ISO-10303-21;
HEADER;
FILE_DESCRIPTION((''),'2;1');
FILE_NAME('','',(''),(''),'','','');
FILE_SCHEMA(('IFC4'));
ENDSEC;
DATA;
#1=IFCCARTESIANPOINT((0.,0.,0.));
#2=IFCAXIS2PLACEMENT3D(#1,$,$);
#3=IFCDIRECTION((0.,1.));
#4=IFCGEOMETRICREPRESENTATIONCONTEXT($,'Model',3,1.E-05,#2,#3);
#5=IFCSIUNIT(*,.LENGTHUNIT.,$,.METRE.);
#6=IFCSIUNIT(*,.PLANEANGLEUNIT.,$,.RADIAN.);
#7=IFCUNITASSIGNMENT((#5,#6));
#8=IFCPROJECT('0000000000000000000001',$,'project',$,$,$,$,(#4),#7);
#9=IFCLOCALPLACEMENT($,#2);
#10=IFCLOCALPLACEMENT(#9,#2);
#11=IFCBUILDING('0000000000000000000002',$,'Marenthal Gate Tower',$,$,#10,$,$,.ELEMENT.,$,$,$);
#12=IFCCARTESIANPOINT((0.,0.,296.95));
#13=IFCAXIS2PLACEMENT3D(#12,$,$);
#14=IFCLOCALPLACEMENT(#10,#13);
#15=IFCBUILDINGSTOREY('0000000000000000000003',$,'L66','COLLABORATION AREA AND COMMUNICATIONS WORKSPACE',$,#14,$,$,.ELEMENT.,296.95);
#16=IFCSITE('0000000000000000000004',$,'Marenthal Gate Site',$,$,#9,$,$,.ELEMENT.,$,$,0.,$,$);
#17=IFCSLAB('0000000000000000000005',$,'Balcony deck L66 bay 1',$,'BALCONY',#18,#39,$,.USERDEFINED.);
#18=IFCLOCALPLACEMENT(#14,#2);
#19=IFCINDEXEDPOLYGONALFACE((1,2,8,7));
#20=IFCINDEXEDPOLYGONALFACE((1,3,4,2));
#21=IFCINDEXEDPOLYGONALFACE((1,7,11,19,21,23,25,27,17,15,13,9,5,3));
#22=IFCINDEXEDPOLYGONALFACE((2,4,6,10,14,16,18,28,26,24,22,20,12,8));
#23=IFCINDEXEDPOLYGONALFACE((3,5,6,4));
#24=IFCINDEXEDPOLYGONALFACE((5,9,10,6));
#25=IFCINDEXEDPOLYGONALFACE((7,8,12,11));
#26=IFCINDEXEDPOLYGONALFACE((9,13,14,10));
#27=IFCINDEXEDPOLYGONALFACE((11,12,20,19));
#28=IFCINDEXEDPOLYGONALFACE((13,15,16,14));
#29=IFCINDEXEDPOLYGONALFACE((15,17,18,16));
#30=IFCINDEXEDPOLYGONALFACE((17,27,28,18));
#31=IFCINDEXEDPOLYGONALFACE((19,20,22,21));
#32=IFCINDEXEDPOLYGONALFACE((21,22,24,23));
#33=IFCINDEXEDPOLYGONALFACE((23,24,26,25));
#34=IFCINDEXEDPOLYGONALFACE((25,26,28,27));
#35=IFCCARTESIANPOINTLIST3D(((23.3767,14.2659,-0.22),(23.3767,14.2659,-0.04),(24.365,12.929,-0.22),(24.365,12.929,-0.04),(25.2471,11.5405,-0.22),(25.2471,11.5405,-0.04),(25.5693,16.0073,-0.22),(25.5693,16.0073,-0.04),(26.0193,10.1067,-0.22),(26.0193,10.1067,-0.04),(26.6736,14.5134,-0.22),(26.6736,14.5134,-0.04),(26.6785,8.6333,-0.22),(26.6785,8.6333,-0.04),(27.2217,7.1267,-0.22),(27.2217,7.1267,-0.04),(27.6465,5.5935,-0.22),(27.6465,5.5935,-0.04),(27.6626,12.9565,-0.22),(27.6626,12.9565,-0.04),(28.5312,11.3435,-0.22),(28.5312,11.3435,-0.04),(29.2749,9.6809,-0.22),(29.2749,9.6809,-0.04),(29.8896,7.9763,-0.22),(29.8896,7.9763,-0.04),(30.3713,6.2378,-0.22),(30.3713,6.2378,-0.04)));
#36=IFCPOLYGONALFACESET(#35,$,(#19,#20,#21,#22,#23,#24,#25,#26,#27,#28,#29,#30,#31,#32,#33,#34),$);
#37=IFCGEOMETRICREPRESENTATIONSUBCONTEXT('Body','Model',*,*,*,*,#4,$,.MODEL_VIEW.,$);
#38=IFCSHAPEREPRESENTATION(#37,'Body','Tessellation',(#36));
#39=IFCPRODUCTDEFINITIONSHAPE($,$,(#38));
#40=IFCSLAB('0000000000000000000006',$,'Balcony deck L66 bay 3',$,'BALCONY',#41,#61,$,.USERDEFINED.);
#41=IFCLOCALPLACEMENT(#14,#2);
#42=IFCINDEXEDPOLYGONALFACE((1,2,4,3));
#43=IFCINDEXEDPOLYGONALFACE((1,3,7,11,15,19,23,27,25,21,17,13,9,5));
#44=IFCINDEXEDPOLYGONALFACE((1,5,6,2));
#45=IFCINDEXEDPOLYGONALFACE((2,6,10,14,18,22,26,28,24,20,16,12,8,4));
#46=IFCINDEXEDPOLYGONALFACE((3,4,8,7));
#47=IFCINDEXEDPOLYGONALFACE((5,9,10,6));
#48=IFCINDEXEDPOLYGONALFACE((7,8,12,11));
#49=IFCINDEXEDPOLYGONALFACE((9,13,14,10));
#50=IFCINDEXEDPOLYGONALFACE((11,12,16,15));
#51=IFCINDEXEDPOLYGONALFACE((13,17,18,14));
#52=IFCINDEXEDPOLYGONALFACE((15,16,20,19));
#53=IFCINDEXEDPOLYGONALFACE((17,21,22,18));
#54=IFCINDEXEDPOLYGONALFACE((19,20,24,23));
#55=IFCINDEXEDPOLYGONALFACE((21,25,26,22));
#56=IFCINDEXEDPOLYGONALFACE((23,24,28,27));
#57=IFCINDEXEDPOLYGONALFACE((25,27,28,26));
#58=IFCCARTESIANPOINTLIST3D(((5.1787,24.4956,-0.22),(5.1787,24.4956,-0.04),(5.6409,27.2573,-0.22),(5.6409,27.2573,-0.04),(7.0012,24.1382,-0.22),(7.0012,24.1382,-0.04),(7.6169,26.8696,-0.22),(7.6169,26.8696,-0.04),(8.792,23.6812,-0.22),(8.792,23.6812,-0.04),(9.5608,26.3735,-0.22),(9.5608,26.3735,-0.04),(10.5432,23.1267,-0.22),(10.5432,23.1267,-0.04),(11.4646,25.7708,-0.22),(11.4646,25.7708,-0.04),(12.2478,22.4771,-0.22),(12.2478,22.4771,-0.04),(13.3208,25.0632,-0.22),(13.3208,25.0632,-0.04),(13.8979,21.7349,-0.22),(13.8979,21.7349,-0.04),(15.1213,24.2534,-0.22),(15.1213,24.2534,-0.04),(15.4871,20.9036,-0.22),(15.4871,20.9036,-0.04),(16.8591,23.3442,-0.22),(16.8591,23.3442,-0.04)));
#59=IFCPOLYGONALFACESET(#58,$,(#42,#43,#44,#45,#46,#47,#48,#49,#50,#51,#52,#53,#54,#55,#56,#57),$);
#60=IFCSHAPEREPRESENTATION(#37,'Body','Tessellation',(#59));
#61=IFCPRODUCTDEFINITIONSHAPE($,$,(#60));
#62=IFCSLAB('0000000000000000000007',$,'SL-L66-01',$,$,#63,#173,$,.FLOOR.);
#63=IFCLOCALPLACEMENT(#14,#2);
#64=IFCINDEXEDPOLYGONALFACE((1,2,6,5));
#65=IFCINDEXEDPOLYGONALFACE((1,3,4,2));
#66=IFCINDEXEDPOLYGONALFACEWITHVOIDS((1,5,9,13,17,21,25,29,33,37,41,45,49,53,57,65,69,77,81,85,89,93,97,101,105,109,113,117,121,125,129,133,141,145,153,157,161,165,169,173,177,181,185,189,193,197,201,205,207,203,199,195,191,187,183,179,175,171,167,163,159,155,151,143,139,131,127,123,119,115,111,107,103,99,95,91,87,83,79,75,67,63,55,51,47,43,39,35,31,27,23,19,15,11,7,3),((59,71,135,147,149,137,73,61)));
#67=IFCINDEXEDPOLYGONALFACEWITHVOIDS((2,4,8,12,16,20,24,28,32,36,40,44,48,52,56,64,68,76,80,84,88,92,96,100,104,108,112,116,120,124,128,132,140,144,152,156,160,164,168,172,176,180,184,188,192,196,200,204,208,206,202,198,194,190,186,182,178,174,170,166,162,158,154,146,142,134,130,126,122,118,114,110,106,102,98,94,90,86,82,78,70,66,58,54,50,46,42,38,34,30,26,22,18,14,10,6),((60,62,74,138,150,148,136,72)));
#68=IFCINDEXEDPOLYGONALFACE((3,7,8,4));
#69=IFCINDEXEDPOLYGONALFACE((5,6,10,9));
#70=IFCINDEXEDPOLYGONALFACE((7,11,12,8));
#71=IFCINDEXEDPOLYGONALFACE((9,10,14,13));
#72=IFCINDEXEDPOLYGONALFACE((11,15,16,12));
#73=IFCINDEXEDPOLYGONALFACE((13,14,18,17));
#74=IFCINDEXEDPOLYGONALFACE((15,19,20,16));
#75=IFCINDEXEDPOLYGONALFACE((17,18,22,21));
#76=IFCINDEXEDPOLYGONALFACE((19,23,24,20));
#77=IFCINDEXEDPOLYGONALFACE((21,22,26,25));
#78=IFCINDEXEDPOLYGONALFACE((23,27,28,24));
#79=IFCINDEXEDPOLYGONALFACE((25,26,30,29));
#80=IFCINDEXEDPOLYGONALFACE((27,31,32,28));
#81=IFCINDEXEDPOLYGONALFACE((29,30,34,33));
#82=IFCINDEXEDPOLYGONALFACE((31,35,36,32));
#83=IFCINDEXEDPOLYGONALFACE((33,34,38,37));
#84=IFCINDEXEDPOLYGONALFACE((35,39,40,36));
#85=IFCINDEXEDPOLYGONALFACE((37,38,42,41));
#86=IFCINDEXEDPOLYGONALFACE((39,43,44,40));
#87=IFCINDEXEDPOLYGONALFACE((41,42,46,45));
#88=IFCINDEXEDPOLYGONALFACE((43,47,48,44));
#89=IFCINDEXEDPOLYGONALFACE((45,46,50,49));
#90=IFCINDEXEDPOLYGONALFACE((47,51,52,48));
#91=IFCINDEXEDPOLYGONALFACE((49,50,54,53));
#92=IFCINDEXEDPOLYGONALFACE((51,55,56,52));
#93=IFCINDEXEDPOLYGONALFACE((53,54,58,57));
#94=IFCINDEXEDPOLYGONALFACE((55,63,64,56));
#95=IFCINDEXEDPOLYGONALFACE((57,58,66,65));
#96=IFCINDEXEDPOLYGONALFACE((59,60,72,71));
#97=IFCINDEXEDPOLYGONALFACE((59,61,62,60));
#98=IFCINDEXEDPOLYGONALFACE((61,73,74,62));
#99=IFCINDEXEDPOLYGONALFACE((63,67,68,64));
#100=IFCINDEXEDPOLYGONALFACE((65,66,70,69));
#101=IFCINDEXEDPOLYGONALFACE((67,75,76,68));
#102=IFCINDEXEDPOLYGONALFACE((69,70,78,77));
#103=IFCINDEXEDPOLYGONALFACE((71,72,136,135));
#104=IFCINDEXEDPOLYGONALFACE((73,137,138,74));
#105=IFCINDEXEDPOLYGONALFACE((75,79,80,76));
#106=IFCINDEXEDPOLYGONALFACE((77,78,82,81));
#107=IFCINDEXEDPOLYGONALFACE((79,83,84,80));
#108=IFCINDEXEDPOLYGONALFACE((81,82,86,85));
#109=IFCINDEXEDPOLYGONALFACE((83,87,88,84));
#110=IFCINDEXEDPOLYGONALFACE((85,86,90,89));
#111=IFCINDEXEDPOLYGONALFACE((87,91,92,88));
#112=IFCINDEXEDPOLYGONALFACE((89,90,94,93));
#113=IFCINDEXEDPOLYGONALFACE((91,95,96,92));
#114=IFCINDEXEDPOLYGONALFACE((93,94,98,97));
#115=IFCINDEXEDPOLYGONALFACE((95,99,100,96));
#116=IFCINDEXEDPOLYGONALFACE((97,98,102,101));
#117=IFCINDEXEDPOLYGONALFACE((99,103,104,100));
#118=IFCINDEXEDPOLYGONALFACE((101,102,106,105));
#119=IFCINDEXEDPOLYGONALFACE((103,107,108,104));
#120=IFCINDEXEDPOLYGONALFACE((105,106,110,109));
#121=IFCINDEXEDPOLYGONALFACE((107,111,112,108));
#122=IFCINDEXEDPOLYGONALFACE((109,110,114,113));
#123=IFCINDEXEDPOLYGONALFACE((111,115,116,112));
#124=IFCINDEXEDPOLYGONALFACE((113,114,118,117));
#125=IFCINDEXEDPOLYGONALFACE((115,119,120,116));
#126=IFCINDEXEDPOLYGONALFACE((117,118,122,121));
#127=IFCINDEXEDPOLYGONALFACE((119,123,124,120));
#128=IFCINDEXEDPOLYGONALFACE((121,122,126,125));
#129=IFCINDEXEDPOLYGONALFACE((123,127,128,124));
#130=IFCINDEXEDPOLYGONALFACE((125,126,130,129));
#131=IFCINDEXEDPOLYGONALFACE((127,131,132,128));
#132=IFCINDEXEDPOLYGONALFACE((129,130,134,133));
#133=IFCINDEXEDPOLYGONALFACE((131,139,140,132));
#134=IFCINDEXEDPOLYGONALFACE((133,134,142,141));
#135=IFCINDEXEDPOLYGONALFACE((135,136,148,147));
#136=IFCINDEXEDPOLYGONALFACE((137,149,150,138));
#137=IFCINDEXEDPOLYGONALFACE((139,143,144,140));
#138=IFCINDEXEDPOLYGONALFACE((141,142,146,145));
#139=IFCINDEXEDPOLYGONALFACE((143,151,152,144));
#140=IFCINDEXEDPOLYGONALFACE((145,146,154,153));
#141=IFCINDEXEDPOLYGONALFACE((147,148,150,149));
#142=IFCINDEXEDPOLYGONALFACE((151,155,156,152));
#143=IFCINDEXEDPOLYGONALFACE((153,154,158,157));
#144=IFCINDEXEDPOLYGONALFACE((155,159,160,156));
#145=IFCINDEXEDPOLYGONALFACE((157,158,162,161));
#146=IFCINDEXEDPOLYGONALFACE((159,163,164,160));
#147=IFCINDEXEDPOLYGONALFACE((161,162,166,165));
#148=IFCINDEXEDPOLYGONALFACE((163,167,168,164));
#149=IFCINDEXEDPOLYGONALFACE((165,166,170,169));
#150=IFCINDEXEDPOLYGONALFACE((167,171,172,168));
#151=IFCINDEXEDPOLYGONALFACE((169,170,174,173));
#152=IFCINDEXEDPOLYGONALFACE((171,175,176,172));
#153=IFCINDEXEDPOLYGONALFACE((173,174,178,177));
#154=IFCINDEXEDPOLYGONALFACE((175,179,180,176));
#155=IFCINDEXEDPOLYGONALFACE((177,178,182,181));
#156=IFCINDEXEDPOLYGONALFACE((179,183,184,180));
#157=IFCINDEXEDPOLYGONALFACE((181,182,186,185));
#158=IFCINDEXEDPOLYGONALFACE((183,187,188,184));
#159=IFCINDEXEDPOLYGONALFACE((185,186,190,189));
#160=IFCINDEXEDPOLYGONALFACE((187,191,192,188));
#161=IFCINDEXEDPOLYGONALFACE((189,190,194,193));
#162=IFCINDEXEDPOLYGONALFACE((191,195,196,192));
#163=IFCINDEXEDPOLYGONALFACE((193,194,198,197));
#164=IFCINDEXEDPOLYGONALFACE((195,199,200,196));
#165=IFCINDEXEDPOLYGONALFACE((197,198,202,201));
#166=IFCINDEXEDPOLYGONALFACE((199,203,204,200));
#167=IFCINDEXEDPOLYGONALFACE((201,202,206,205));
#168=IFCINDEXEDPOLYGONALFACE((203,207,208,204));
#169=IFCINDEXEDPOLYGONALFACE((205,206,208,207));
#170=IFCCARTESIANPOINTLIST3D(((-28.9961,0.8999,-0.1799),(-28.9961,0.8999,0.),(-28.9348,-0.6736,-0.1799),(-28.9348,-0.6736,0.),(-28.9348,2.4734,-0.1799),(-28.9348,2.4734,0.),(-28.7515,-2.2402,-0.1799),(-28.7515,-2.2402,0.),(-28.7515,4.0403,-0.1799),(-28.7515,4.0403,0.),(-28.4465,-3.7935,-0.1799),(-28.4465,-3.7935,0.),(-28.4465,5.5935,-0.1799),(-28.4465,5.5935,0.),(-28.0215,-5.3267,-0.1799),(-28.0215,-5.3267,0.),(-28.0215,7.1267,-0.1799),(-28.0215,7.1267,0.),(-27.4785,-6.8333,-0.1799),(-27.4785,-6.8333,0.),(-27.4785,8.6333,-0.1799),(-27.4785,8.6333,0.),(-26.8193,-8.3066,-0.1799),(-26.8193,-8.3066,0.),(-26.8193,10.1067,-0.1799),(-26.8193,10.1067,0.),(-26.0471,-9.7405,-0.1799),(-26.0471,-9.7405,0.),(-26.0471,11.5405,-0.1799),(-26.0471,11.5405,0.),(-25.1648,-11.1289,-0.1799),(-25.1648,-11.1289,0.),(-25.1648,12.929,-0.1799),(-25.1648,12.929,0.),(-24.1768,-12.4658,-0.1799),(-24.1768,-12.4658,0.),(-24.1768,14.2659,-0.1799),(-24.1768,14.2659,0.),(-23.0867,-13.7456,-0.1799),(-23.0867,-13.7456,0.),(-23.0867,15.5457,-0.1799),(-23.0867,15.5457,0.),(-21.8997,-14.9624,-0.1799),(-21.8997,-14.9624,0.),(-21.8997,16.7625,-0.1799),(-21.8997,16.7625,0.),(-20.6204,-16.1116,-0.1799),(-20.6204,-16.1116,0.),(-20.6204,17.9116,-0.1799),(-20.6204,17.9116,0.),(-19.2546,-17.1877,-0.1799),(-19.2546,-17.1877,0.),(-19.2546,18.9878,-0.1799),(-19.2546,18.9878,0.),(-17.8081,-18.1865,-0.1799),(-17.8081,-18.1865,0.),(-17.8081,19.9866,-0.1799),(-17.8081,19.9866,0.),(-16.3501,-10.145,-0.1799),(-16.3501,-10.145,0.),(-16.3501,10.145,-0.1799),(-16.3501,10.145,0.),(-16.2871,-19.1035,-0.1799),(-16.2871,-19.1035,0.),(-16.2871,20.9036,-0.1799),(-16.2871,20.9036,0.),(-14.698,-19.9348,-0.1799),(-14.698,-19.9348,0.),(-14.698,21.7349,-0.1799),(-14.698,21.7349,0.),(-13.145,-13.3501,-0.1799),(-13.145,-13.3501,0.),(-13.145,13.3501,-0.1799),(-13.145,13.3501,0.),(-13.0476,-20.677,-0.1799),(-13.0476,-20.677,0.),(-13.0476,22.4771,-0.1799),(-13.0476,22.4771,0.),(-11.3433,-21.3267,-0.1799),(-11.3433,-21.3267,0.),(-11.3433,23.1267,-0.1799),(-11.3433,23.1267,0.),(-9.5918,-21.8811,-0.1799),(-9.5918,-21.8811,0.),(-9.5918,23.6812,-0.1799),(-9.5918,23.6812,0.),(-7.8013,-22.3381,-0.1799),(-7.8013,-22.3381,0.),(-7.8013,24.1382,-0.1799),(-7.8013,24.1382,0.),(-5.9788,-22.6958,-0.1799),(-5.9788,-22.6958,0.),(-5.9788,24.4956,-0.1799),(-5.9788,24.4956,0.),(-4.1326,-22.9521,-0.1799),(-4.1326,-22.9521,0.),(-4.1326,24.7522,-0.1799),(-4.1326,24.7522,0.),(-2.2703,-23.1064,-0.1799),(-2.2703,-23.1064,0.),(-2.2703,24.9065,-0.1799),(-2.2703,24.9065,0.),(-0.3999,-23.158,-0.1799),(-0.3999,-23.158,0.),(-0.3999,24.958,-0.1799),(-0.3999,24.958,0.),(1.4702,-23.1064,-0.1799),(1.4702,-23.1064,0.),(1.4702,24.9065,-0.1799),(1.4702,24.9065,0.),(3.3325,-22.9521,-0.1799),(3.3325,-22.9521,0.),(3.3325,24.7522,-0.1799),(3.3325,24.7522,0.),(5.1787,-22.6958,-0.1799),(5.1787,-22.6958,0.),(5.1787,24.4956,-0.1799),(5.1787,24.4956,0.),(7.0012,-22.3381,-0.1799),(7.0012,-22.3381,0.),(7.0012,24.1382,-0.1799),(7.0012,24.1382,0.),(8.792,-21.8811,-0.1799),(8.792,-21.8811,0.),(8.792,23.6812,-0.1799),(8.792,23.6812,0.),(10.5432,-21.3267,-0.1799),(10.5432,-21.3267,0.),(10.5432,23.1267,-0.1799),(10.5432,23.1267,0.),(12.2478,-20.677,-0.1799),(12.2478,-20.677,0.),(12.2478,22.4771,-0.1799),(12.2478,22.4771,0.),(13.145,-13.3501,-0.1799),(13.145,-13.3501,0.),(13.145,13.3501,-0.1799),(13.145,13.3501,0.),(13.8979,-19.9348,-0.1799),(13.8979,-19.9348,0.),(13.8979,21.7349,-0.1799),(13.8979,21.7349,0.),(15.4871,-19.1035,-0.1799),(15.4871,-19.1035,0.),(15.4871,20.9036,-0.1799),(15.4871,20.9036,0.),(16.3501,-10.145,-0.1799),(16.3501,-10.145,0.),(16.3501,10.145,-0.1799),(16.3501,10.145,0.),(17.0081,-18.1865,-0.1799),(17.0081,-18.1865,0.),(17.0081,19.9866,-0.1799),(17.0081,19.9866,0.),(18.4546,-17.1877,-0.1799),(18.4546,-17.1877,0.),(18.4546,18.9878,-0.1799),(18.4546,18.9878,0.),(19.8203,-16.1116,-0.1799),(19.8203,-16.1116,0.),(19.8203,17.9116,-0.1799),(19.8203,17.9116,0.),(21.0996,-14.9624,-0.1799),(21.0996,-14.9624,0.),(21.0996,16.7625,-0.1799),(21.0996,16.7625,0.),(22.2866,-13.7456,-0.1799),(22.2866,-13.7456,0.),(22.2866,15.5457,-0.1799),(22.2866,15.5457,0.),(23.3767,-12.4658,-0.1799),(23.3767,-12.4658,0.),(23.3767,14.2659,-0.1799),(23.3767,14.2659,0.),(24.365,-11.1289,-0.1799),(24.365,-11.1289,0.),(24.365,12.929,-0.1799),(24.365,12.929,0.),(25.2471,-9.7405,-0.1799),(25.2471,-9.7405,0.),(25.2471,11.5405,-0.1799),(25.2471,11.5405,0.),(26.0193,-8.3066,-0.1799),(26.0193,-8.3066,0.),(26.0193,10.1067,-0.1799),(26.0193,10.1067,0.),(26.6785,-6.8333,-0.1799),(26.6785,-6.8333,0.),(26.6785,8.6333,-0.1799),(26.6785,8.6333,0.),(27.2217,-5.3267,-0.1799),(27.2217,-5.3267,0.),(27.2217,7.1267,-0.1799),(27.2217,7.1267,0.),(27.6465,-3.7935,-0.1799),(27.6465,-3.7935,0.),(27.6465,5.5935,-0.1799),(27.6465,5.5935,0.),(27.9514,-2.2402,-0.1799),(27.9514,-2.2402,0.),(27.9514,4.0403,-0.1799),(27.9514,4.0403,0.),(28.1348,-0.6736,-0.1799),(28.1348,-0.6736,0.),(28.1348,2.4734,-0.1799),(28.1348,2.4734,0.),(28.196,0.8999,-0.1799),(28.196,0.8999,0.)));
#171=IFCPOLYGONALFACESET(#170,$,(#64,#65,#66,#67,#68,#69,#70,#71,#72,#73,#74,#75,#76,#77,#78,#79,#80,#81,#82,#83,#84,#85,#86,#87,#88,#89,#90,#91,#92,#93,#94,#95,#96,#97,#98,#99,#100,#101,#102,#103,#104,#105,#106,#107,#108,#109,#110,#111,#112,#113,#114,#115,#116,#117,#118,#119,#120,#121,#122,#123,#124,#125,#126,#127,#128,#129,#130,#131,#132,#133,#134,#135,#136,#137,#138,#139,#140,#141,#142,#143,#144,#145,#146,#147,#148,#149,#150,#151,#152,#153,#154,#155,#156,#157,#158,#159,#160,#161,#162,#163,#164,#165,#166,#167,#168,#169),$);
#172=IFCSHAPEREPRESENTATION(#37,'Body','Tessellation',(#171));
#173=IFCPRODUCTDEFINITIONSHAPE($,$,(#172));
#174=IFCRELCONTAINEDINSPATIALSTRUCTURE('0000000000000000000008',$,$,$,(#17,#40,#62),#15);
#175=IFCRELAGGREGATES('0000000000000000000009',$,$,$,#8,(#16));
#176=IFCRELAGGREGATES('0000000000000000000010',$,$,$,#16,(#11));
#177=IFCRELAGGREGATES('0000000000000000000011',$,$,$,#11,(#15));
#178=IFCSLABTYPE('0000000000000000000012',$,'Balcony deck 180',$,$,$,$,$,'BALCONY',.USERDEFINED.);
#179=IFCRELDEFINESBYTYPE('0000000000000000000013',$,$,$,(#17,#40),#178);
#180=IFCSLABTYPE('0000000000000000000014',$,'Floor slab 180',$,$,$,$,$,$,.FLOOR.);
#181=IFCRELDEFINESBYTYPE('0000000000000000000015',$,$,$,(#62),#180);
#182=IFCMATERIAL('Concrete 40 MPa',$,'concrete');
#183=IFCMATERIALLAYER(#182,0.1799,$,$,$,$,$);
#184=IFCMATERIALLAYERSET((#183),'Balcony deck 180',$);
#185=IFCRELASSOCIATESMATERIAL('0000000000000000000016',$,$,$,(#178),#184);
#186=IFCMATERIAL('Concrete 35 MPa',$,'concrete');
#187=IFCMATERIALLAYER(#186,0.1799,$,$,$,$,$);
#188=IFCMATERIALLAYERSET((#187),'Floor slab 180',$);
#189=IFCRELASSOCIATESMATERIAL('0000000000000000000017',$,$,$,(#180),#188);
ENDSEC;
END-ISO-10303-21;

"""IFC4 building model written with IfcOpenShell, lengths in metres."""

from ifc_helpers import new_model, si_unit, direction, frame, origin, place, context, subcontext, project, spatial, polyline, outline, extrude, material, layer, layer_set, type_object, element, save


model = new_model("IFC4")

# Units and contexts
model_context = context("Model", 3, precision=1e-05, world=origin(), true_north=direction((0.0, 1.0)))
body_context = subcontext(model_context, "Body", "Model", "MODEL_VIEW")
ifc_project = project(units=[si_unit("LENGTHUNIT", "METRE"), si_unit("PLANEANGLEUNIT", "RADIAN")], contexts=[model_context])

# Site, building, storey
site_placement = place(None, origin())
site = spatial("IfcSite", under=ifc_project, at=site_placement, Name="Marenthal Gate Site", CompositionType="ELEMENT", RefElevation=0.0)
building_placement = place(site_placement, origin())
building = spatial("IfcBuilding", under=site, at=building_placement, Name="Marenthal Gate Tower", CompositionType="ELEMENT")
storey_placement = place(building_placement, frame((0.0, 0.0, 296.95)))
storey = spatial("IfcBuildingStorey", under=building, at=storey_placement, Name="L66", Description="COLLABORATION AREA AND COMMUNICATIONS WORKSPACE", CompositionType="ELEMENT", Elevation=296.95)

# Slabs
ifc_material_1 = material(Name="Concrete 40 MPa", Category="concrete")
ifc_layer_1 = layer(ifc_material_1, 0.1799)
ifc_layer_set_1 = layer_set([ifc_layer_1], Name="Balcony deck 180")
slab_type_1 = type_object("IfcSlabType", Name="Balcony deck 180", ElementType="BALCONY", PredefinedType="USERDEFINED", material=ifc_layer_set_1)
slab_1_placement = place(storey_placement, frame((0.0, 0.0, -0.22)))
element("IfcSlab", 1, at=slab_1_placement, inside=storey, type_object=slab_type_1, Name="Balcony deck L66 bay 1", ObjectType="BALCONY", PredefinedType="USERDEFINED", context=body_context, shape_type="SweptSolid", body=[
    extrude(outline(polyline([(27.6465, 5.5935), (27.2217, 7.1267), (26.6785, 8.6333), (26.0193, 10.1067), (25.2471, 11.5405), (24.365, 12.929), (23.3767, 14.2659), (25.5693, 16.0073), (26.6736, 14.5134), (27.6626, 12.9565), (28.5312, 11.3435), (29.2749, 9.6809), (29.8896, 7.9763), (30.3713, 6.2378), (27.6465, 5.5935)])), origin(), (0.0, 0.0, 1.0), 0.1799),
])
slab_2_placement = place(storey_placement, frame((0.0, 0.0, -0.22)))
element("IfcSlab", 2, at=slab_2_placement, inside=storey, type_object=slab_type_1, Name="Balcony deck L66 bay 3", ObjectType="BALCONY", PredefinedType="USERDEFINED", context=body_context, shape_type="SweptSolid", body=[
    extrude(outline(polyline([(15.4871, 20.9036), (13.8979, 21.7349), (12.2478, 22.4771), (10.5432, 23.1267), (8.792, 23.6812), (7.0012, 24.1382), (5.1787, 24.4956), (5.6409, 27.2573), (7.6169, 26.8696), (9.5608, 26.3735), (11.4646, 25.7708), (13.3208, 25.0632), (15.1213, 24.2534), (16.8591, 23.3442), (15.4871, 20.9036)])), origin(), (0.0, 0.0, 1.0), 0.1799),
])
ifc_material_2 = material(Name="Concrete 35 MPa", Category="concrete")
ifc_layer_2 = layer(ifc_material_2, 0.1799)
ifc_layer_set_2 = layer_set([ifc_layer_2], Name="Floor slab 180")
slab_type_2 = type_object("IfcSlabType", Name="Floor slab 180", PredefinedType="FLOOR", material=ifc_layer_set_2)
slab_3_placement = place(storey_placement, frame((0.0, 0.0, -0.1799)))
element("IfcSlab", 3, at=slab_3_placement, inside=storey, type_object=slab_type_2, Name="SL-L66-01", PredefinedType="FLOOR", context=body_context, shape_type="SweptSolid", body=[
    extrude(outline(polyline([(28.196, 0.8999), (28.1348, 2.4734), (27.9514, 4.0403), (27.6465, 5.5935), (27.2217, 7.1267), (26.6785, 8.6333), (26.0193, 10.1067), (25.2471, 11.5405), (24.365, 12.929), (23.3767, 14.2659), (22.2866, 15.5457), (21.0996, 16.7625), (19.8203, 17.9116), (18.4546, 18.9878), (17.0081, 19.9866), (15.4871, 20.9036), (13.8979, 21.7349), (12.2478, 22.4771), (10.5432, 23.1267), (8.792, 23.6812), (7.0012, 24.1382), (5.1787, 24.4956), (3.3325, 24.7522), (1.4702, 24.9065), (-0.3999, 24.958), (-2.2703, 24.9065), (-4.1326, 24.7522), (-5.9788, 24.4956), (-7.8013, 24.1382), (-9.5918, 23.6812), (-11.3433, 23.1267), (-13.0476, 22.4771), (-14.698, 21.7349), (-16.2871, 20.9036), (-17.8081, 19.9866), (-19.2546, 18.9878), (-20.6204, 17.9116), (-21.8997, 16.7625), (-23.0867, 15.5457), (-24.1768, 14.2659), (-25.1648, 12.929), (-26.0471, 11.5405), (-26.8193, 10.1067), (-27.4785, 8.6333), (-28.0215, 7.1267), (-28.4465, 5.5935), (-28.7515, 4.0403), (-28.9348, 2.4734), (-28.9961, 0.8999), (-28.9348, -0.6736), (-28.7515, -2.2402), (-28.4465, -3.7935), (-28.0215, -5.3267), (-27.4785, -6.8333), (-26.8193, -8.3066), (-26.0471, -9.7405), (-25.1648, -11.1289), (-24.1768, -12.4658), (-23.0867, -13.7456), (-21.8997, -14.9624), (-20.6204, -16.1116), (-19.2546, -17.1877), (-17.8081, -18.1865), (-16.2871, -19.1035), (-14.698, -19.9348), (-13.0476, -20.677), (-11.3433, -21.3267), (-9.5918, -21.8811), (-7.8013, -22.3381), (-5.9788, -22.6958), (-4.1326, -22.9521), (-2.2703, -23.1064), (-0.3999, -23.158), (1.4702, -23.1064), (3.3325, -22.9521), (5.1787, -22.6958), (7.0012, -22.3381), (8.792, -21.8811), (10.5432, -21.3267), (12.2478, -20.677), (13.8979, -19.9348), (15.4871, -19.1035), (17.0081, -18.1865), (18.4546, -17.1877), (19.8203, -16.1116), (21.0996, -14.9624), (22.2866, -13.7456), (23.3767, -12.4658), (24.365, -11.1289), (25.2471, -9.7405), (26.0193, -8.3066), (26.6785, -6.8333), (27.2217, -5.3267), (27.6465, -3.7935), (27.9514, -2.2402), (28.1348, -0.6736), (28.196, 0.8999)]), holes=[polyline([(13.145, -13.3501), (16.3501, -10.145), (16.3501, 10.145), (13.145, 13.3501), (-13.145, 13.3501), (-16.3501, 10.145), (-16.3501, -10.145), (-13.145, -13.3501), (13.145, -13.3501)])]), origin(), (0.0, 0.0, 1.0), 0.1799),
])

save(model, "model.ifc")
